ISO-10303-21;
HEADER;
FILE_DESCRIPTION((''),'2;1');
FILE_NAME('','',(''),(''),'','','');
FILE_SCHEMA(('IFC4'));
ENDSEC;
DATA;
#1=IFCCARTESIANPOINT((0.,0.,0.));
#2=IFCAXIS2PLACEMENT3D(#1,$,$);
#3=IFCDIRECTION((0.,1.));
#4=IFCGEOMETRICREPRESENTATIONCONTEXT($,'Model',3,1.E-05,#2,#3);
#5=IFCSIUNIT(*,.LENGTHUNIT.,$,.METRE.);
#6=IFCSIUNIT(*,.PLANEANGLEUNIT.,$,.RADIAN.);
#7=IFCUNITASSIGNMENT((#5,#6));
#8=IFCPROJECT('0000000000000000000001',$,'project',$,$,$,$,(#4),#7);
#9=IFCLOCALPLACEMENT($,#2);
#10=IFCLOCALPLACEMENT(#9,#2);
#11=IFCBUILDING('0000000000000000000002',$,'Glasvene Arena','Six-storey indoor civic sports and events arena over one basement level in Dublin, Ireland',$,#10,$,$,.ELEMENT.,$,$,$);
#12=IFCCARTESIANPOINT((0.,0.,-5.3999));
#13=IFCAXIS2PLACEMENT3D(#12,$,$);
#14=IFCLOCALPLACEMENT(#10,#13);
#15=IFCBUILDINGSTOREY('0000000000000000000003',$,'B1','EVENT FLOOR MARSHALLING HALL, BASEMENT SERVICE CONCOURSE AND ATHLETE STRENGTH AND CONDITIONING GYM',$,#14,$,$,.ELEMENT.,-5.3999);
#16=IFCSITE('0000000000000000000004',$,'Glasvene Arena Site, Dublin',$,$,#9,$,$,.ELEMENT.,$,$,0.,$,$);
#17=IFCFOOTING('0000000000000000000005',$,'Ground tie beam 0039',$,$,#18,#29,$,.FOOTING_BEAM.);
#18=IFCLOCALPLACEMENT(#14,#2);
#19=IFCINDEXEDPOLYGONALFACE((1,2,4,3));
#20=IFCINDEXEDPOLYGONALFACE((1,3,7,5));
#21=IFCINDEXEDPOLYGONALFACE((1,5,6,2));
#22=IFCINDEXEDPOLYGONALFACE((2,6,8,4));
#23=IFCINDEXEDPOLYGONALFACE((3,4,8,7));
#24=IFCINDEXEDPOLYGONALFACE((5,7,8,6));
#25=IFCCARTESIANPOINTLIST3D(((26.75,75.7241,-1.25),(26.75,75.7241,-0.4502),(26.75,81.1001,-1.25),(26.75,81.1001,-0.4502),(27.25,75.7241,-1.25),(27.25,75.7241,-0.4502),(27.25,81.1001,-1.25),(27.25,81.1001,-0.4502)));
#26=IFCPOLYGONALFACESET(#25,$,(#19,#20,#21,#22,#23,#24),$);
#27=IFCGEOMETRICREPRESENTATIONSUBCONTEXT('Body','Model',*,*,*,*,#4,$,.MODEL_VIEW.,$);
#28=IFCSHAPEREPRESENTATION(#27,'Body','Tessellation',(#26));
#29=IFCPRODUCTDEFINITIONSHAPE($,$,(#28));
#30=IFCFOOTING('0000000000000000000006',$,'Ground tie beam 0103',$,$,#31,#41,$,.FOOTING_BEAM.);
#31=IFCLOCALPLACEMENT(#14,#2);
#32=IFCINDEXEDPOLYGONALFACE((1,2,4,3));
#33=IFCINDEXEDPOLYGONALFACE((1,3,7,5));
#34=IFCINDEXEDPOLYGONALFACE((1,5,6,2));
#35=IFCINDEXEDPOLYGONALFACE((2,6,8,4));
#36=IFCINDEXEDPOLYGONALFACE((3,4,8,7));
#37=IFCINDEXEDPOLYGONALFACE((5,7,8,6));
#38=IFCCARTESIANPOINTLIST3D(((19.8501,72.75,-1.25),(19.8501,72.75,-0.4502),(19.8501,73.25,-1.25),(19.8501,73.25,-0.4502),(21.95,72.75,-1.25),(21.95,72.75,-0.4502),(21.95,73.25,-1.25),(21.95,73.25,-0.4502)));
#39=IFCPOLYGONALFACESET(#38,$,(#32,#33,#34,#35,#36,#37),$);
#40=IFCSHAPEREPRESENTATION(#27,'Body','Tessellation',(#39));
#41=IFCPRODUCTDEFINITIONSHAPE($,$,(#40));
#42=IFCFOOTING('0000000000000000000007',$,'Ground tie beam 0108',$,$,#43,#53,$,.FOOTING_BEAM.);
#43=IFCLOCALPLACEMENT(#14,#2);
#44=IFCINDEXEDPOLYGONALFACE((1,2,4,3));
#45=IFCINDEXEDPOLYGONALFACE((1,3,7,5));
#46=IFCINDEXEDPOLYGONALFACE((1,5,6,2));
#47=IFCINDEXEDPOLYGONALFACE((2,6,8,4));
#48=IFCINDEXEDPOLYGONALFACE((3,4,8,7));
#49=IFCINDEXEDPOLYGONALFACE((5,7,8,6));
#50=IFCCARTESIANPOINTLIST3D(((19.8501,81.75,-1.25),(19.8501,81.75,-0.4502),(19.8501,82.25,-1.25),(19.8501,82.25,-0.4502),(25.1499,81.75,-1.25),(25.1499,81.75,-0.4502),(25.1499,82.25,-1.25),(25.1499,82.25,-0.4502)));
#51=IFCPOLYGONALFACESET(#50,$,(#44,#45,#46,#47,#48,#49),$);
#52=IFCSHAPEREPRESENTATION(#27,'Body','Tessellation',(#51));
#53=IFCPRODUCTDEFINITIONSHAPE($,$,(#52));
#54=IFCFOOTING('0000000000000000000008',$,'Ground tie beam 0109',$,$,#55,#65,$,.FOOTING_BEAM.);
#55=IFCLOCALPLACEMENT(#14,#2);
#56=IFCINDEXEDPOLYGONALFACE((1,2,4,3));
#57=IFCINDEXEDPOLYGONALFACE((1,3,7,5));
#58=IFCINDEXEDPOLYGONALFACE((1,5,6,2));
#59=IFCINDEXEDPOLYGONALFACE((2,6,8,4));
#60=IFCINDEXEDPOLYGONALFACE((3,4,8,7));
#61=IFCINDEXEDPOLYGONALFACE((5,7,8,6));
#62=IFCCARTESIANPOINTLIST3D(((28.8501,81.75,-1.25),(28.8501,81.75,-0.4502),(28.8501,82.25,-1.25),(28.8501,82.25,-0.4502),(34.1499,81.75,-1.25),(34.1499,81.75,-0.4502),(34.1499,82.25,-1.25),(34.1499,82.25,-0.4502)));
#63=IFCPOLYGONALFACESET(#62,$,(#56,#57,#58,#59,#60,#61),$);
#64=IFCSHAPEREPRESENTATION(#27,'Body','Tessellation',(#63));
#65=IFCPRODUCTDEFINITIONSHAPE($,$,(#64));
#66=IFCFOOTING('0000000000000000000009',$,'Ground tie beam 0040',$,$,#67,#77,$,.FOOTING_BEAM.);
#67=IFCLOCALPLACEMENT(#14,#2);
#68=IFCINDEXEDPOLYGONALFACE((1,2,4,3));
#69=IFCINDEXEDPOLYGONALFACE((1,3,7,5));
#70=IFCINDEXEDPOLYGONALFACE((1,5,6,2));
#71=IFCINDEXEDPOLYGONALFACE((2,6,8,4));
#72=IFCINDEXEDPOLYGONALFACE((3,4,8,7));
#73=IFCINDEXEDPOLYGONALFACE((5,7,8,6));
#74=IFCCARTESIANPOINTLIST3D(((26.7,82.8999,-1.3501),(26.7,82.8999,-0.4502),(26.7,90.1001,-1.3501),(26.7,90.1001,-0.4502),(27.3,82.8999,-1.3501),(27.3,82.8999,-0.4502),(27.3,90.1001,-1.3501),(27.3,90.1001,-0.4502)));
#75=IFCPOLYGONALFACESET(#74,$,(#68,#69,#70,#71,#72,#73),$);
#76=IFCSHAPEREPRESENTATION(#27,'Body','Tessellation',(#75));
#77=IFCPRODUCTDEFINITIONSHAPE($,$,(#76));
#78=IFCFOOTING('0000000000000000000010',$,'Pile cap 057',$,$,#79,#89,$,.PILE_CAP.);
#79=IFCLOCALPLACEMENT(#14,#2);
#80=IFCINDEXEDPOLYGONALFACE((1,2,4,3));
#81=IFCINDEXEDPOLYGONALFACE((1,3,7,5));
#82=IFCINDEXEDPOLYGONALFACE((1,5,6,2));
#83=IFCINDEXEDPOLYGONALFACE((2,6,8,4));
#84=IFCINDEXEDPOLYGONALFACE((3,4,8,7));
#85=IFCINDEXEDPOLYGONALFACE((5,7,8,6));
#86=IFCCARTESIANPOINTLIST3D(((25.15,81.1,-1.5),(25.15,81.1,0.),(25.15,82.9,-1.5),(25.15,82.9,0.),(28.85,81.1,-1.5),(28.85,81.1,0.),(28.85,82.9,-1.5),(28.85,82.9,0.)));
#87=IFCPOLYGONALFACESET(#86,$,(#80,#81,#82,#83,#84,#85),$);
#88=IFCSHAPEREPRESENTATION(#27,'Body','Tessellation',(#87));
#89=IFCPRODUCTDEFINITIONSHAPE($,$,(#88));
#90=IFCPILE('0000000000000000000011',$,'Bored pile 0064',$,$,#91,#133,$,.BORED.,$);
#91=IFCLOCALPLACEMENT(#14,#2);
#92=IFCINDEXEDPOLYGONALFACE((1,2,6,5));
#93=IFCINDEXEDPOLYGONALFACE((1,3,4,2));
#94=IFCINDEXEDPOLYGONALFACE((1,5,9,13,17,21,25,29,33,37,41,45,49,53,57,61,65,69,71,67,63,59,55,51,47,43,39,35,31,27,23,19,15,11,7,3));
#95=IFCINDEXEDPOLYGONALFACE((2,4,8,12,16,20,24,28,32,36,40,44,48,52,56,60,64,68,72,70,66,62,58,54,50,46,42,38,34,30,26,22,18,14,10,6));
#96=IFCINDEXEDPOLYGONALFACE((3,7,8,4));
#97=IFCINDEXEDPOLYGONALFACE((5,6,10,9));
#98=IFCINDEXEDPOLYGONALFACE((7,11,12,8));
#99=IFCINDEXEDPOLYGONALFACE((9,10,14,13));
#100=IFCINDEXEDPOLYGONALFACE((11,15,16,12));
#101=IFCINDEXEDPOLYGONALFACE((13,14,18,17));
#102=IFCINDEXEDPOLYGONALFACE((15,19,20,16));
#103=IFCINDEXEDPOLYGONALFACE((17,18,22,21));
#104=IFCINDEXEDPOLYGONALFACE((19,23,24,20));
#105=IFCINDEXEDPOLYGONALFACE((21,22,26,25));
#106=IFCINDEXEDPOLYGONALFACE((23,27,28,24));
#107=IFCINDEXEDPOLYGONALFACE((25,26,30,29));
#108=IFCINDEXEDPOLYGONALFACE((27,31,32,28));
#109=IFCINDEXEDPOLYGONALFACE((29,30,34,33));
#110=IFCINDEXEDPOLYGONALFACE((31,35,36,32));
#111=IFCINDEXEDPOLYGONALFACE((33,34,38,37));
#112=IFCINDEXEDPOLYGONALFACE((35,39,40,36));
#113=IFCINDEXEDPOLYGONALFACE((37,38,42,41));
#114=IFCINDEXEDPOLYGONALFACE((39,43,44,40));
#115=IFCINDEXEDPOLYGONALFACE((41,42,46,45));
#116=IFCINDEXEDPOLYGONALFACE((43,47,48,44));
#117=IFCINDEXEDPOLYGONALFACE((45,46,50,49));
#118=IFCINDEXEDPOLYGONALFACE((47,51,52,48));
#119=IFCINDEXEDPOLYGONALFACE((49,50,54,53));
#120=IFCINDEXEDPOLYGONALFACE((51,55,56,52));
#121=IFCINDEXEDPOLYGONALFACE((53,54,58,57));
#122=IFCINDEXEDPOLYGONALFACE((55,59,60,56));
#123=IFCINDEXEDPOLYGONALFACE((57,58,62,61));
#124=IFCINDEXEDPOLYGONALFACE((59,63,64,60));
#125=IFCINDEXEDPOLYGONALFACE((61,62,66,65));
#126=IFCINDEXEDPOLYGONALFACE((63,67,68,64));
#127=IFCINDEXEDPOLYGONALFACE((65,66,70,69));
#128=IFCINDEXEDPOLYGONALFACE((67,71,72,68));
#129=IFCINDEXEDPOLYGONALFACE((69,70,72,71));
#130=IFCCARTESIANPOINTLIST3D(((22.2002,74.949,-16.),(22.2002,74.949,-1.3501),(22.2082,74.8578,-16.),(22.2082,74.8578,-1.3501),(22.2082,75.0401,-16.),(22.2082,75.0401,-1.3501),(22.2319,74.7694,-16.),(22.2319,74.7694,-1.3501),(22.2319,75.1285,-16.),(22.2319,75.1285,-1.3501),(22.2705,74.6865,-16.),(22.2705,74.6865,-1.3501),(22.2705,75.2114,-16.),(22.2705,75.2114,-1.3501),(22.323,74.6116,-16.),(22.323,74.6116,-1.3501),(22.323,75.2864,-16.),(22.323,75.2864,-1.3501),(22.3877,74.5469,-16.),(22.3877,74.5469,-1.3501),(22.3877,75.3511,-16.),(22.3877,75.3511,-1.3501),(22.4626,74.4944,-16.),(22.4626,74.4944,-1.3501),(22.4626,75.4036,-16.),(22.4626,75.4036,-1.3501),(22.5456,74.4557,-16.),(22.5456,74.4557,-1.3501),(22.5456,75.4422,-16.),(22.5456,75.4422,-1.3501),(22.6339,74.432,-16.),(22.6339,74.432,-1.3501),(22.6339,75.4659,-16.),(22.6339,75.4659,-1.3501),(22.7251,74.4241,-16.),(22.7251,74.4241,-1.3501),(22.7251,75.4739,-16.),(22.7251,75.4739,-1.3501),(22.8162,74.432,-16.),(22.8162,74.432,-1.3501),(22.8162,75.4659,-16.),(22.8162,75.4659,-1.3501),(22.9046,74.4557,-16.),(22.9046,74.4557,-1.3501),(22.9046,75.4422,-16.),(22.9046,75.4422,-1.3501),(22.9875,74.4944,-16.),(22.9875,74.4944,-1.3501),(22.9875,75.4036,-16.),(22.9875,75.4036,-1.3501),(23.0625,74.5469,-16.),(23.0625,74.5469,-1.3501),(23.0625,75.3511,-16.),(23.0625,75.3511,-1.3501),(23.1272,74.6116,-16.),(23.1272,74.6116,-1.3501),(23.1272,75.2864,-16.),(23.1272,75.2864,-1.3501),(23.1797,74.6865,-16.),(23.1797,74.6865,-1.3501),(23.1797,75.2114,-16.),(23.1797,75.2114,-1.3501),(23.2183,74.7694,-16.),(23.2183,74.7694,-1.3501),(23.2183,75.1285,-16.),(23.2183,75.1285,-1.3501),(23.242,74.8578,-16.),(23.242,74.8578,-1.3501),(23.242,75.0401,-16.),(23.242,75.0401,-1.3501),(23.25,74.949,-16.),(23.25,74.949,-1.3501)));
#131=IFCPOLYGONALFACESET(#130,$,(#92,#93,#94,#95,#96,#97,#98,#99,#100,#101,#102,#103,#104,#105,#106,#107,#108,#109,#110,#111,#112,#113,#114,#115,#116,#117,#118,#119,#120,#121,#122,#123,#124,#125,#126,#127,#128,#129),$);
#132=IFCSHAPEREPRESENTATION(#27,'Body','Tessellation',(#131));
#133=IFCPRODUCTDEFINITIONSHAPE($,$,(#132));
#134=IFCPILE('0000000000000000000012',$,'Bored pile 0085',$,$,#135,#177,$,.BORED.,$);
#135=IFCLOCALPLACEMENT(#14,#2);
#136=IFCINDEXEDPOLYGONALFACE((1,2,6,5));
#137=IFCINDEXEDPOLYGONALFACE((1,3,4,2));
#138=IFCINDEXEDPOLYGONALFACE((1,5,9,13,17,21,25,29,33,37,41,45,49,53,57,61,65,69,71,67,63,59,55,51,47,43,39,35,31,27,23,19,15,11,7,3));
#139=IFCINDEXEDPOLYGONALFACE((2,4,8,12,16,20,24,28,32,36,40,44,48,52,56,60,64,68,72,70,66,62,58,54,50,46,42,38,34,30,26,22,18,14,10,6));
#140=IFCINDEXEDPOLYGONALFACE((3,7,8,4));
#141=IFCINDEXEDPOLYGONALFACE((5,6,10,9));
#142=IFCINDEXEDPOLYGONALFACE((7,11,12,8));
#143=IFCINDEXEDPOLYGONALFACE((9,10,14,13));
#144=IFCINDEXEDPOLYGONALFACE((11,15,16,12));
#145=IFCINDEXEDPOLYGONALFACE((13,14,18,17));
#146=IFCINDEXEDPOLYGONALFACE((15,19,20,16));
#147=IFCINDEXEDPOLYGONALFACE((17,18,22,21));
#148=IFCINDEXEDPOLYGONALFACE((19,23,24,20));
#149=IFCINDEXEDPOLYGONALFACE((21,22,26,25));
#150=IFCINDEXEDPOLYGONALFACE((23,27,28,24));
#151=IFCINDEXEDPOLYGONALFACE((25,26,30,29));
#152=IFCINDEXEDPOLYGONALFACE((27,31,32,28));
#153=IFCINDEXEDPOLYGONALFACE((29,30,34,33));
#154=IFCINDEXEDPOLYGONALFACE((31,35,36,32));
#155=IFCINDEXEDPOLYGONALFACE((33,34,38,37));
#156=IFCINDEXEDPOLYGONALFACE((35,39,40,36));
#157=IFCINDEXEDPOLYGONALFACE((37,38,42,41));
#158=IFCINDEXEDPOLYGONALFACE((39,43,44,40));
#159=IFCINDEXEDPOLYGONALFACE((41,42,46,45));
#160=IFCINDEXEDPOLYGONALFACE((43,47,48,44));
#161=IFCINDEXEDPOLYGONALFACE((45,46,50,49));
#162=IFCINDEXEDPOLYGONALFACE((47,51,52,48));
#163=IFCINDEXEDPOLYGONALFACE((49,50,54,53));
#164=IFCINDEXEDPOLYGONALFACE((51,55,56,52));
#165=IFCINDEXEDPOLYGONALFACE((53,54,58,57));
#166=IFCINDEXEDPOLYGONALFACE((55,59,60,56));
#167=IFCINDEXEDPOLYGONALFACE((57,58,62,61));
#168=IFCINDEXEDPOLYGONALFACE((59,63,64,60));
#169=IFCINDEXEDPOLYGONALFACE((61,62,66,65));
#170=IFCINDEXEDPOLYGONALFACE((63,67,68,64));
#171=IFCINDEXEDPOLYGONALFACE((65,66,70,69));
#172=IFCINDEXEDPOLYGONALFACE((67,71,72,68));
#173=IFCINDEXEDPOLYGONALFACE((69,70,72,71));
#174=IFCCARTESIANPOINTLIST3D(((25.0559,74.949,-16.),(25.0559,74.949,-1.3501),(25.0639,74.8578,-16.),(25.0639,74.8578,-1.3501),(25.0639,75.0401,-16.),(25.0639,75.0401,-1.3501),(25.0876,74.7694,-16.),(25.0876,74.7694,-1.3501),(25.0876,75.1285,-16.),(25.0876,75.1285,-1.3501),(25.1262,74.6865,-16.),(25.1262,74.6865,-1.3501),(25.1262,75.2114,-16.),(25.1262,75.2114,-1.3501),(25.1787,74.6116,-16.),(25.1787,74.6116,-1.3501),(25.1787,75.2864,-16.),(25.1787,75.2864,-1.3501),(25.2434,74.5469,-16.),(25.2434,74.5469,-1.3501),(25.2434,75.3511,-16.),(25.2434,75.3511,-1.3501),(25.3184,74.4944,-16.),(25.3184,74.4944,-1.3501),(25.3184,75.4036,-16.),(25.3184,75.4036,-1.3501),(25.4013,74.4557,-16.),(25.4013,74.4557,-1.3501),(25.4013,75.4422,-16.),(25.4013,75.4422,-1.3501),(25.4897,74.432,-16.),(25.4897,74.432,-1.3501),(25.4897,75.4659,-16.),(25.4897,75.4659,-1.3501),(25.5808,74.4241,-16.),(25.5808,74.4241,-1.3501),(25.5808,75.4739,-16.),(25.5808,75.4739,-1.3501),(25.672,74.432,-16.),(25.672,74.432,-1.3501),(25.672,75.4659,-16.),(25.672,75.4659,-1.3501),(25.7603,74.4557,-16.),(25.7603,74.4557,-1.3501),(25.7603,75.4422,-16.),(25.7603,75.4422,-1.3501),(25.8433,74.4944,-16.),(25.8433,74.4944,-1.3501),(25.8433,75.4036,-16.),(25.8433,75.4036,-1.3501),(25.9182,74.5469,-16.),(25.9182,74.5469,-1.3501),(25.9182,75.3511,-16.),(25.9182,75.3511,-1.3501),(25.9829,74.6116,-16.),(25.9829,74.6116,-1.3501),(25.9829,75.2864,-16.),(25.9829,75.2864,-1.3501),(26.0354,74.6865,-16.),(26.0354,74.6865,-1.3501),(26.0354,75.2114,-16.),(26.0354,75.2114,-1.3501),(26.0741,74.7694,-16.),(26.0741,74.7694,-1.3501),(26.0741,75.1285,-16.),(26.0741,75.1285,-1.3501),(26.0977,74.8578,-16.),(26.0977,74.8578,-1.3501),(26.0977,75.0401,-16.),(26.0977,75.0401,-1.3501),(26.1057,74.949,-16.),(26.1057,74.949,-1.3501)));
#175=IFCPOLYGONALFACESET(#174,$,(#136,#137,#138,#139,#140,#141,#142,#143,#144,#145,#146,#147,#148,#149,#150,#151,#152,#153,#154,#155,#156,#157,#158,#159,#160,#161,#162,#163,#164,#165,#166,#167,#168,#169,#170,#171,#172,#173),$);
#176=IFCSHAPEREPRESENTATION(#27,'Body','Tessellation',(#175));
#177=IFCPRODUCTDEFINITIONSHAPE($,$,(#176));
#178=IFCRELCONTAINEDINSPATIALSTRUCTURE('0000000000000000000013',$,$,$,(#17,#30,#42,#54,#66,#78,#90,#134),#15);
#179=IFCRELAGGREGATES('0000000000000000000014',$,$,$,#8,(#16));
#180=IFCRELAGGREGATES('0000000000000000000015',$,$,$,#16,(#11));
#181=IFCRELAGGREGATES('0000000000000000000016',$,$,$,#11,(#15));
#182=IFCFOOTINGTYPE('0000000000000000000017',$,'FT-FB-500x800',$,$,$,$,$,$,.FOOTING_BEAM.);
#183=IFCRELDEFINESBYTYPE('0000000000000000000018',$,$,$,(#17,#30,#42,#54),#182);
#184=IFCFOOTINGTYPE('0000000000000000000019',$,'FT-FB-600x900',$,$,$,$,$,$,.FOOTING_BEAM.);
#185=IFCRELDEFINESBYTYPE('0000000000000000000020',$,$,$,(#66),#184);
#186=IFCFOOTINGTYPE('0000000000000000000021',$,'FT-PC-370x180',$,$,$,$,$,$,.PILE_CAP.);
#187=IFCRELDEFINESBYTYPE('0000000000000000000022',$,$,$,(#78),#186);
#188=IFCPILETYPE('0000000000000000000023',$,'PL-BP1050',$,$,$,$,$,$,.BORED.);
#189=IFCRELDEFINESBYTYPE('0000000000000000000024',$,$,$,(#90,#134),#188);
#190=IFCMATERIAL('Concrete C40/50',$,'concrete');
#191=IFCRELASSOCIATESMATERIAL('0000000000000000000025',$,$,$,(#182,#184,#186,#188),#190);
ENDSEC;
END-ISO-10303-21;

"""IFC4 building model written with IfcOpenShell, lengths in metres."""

from ifc_helpers import new_model, si_unit, direction, frame, origin, origin_2d, place, context, subcontext, project, spatial, polyline, rectangle, circle, outline, extrude, material, material_profile, profile_set, type_object, element, save


model = new_model("IFC4")

# Units and contexts
model_context = context("Model", 3, precision=1e-05, world=origin(), true_north=direction((0.0, 1.0)))
body_context = subcontext(model_context, "Body", "Model", "MODEL_VIEW")
ifc_project = project(units=[si_unit("LENGTHUNIT", "METRE"), si_unit("PLANEANGLEUNIT", "RADIAN")], contexts=[model_context])

# Site, building, storey
site_placement = place(None, origin())
site = spatial("IfcSite", under=ifc_project, at=site_placement, Name="Glasvene Arena Site, Dublin", CompositionType="ELEMENT", RefElevation=0.0)
building_placement = place(site_placement, origin())
building = spatial("IfcBuilding", under=site, at=building_placement, Name="Glasvene Arena", Description="Six-storey indoor civic sports and events arena over one basement level in Dublin, Ireland", CompositionType="ELEMENT")
storey_placement = place(building_placement, frame((0.0, 0.0, -5.3999)))
storey = spatial("IfcBuildingStorey", under=building, at=storey_placement, Name="B1", Description="EVENT FLOOR MARSHALLING HALL, BASEMENT SERVICE CONCOURSE AND ATHLETE STRENGTH AND CONDITIONING GYM", CompositionType="ELEMENT", Elevation=-5.3999)

# Footings
ifc_material_1 = material(Name="Concrete C40/50", Category="concrete")
footing_type_1 = type_object("IfcFootingType", Name="FT-FB-500x800", PredefinedType="FOOTING_BEAM", material=ifc_material_1)
footing_1_placement = place(storey_placement, frame((27.0, 78.4121, -1.25)))
element("IfcFooting", 1, at=footing_1_placement, inside=storey, type_object=footing_type_1, Name="Ground tie beam 0039", PredefinedType="FOOTING_BEAM", context=body_context, shape_type="SweptSolid", body=[
    extrude(outline(polyline([(-0.25, -2.688), (0.25, -2.688), (0.25, 2.688), (-0.25, 2.688), (-0.25, -2.688)])), origin(), (0.0, 0.0, 1.0), 0.7998),
])
footing_2_placement = place(storey_placement, frame((20.8999, 73.0, -1.25)))
element("IfcFooting", 2, at=footing_2_placement, inside=storey, type_object=footing_type_1, Name="Ground tie beam 0103", PredefinedType="FOOTING_BEAM", context=body_context, shape_type="SweptSolid", body=[
    extrude(outline(polyline([(-1.0498, -0.25), (1.05, -0.25), (1.05, 0.25), (-1.0498, 0.25), (-1.0498, -0.25)])), origin(), (0.0, 0.0, 1.0), 0.7998),
])
for number, where, name in (
    (3, (22.5, 82.0, -1.25), "Ground tie beam 0108"),
    (4, (31.5, 82.0, -1.25), "Ground tie beam 0109"),
):
    element("IfcFooting", number, at=place(storey_placement, frame(where)), inside=storey, type_object=footing_type_1, Name=name, PredefinedType="FOOTING_BEAM", context=body_context, shape_type="SweptSolid", body=[
        extrude(outline(polyline([(-2.6499, -0.25), (2.6499, -0.25), (2.6499, 0.25), (-2.6499, 0.25), (-2.6499, -0.25)])), origin(), (0.0, 0.0, 1.0), 0.7998),
    ])
footing_type_2 = type_object("IfcFootingType", Name="FT-FB-600x900", PredefinedType="FOOTING_BEAM", material=ifc_material_1)
footing_3_placement = place(storey_placement, frame((27.0, 86.5, -1.3501)))
element("IfcFooting", 5, at=footing_3_placement, inside=storey, type_object=footing_type_2, Name="Ground tie beam 0040", PredefinedType="FOOTING_BEAM", context=body_context, shape_type="SweptSolid", body=[
    extrude(outline(polyline([(-0.3, -3.6001), (0.3, -3.6001), (0.3, 3.6001), (-0.3, 3.6001), (-0.3, -3.6001)])), origin(), (0.0, 0.0, 1.0), 0.8999),
])
footing_type_3 = type_object("IfcFootingType", Name="FT-PC-370x180", PredefinedType="PILE_CAP", material=ifc_material_1)
footing_4_placement = place(storey_placement, frame((27.0, 82.0, -1.5), z_axis=(0.0, 0.0, 1.0), x_axis=(1.0, 0.0, 0.0)))
element("IfcFooting", 6, at=footing_4_placement, inside=storey, type_object=footing_type_3, Name="Pile cap 057", PredefinedType="PILE_CAP", context=body_context, shape_type="SweptSolid", body=[
    extrude(rectangle(XDim=3.7, YDim=1.8, at=origin_2d()), origin(), (0.0, 0.0, 1.0), 1.5),
])

# Piles
ifc_material_profile_1 = material_profile(ifc_material_1, circle(Radius=0.5249, at=origin_2d()), Name="BORED PILE 1050")
ifc_profile_set_1 = profile_set([ifc_material_profile_1], Name="Concrete C40/50")
pile_type_1 = type_object("IfcPileType", Name="PL-BP1050", PredefinedType="BORED", material=ifc_profile_set_1)
for number, where, z_axis, x_axis, name in (
    (7, (22.7251, 74.949, -1.3501), (0.0, 0.0, -1.0), (1.0, 0.0, 0.0), "Bored pile 0064"),
    (8, (25.5808, 74.949, -1.3501), (0.0, 0.0, -1.0), (1.0, 0.0, 0.0), "Bored pile 0085"),
):
    element("IfcPile", number, at=place(storey_placement, frame(where, z_axis=z_axis, x_axis=x_axis)), inside=storey, type_object=pile_type_1, Name=name, PredefinedType="BORED", context=body_context, shape_type="SweptSolid", body=[
        extrude(circle(Radius=0.5249, at=origin_2d()), origin(), (0.0, 0.0, 1.0), 14.6499),
    ])

save(model, "model.ifc")
